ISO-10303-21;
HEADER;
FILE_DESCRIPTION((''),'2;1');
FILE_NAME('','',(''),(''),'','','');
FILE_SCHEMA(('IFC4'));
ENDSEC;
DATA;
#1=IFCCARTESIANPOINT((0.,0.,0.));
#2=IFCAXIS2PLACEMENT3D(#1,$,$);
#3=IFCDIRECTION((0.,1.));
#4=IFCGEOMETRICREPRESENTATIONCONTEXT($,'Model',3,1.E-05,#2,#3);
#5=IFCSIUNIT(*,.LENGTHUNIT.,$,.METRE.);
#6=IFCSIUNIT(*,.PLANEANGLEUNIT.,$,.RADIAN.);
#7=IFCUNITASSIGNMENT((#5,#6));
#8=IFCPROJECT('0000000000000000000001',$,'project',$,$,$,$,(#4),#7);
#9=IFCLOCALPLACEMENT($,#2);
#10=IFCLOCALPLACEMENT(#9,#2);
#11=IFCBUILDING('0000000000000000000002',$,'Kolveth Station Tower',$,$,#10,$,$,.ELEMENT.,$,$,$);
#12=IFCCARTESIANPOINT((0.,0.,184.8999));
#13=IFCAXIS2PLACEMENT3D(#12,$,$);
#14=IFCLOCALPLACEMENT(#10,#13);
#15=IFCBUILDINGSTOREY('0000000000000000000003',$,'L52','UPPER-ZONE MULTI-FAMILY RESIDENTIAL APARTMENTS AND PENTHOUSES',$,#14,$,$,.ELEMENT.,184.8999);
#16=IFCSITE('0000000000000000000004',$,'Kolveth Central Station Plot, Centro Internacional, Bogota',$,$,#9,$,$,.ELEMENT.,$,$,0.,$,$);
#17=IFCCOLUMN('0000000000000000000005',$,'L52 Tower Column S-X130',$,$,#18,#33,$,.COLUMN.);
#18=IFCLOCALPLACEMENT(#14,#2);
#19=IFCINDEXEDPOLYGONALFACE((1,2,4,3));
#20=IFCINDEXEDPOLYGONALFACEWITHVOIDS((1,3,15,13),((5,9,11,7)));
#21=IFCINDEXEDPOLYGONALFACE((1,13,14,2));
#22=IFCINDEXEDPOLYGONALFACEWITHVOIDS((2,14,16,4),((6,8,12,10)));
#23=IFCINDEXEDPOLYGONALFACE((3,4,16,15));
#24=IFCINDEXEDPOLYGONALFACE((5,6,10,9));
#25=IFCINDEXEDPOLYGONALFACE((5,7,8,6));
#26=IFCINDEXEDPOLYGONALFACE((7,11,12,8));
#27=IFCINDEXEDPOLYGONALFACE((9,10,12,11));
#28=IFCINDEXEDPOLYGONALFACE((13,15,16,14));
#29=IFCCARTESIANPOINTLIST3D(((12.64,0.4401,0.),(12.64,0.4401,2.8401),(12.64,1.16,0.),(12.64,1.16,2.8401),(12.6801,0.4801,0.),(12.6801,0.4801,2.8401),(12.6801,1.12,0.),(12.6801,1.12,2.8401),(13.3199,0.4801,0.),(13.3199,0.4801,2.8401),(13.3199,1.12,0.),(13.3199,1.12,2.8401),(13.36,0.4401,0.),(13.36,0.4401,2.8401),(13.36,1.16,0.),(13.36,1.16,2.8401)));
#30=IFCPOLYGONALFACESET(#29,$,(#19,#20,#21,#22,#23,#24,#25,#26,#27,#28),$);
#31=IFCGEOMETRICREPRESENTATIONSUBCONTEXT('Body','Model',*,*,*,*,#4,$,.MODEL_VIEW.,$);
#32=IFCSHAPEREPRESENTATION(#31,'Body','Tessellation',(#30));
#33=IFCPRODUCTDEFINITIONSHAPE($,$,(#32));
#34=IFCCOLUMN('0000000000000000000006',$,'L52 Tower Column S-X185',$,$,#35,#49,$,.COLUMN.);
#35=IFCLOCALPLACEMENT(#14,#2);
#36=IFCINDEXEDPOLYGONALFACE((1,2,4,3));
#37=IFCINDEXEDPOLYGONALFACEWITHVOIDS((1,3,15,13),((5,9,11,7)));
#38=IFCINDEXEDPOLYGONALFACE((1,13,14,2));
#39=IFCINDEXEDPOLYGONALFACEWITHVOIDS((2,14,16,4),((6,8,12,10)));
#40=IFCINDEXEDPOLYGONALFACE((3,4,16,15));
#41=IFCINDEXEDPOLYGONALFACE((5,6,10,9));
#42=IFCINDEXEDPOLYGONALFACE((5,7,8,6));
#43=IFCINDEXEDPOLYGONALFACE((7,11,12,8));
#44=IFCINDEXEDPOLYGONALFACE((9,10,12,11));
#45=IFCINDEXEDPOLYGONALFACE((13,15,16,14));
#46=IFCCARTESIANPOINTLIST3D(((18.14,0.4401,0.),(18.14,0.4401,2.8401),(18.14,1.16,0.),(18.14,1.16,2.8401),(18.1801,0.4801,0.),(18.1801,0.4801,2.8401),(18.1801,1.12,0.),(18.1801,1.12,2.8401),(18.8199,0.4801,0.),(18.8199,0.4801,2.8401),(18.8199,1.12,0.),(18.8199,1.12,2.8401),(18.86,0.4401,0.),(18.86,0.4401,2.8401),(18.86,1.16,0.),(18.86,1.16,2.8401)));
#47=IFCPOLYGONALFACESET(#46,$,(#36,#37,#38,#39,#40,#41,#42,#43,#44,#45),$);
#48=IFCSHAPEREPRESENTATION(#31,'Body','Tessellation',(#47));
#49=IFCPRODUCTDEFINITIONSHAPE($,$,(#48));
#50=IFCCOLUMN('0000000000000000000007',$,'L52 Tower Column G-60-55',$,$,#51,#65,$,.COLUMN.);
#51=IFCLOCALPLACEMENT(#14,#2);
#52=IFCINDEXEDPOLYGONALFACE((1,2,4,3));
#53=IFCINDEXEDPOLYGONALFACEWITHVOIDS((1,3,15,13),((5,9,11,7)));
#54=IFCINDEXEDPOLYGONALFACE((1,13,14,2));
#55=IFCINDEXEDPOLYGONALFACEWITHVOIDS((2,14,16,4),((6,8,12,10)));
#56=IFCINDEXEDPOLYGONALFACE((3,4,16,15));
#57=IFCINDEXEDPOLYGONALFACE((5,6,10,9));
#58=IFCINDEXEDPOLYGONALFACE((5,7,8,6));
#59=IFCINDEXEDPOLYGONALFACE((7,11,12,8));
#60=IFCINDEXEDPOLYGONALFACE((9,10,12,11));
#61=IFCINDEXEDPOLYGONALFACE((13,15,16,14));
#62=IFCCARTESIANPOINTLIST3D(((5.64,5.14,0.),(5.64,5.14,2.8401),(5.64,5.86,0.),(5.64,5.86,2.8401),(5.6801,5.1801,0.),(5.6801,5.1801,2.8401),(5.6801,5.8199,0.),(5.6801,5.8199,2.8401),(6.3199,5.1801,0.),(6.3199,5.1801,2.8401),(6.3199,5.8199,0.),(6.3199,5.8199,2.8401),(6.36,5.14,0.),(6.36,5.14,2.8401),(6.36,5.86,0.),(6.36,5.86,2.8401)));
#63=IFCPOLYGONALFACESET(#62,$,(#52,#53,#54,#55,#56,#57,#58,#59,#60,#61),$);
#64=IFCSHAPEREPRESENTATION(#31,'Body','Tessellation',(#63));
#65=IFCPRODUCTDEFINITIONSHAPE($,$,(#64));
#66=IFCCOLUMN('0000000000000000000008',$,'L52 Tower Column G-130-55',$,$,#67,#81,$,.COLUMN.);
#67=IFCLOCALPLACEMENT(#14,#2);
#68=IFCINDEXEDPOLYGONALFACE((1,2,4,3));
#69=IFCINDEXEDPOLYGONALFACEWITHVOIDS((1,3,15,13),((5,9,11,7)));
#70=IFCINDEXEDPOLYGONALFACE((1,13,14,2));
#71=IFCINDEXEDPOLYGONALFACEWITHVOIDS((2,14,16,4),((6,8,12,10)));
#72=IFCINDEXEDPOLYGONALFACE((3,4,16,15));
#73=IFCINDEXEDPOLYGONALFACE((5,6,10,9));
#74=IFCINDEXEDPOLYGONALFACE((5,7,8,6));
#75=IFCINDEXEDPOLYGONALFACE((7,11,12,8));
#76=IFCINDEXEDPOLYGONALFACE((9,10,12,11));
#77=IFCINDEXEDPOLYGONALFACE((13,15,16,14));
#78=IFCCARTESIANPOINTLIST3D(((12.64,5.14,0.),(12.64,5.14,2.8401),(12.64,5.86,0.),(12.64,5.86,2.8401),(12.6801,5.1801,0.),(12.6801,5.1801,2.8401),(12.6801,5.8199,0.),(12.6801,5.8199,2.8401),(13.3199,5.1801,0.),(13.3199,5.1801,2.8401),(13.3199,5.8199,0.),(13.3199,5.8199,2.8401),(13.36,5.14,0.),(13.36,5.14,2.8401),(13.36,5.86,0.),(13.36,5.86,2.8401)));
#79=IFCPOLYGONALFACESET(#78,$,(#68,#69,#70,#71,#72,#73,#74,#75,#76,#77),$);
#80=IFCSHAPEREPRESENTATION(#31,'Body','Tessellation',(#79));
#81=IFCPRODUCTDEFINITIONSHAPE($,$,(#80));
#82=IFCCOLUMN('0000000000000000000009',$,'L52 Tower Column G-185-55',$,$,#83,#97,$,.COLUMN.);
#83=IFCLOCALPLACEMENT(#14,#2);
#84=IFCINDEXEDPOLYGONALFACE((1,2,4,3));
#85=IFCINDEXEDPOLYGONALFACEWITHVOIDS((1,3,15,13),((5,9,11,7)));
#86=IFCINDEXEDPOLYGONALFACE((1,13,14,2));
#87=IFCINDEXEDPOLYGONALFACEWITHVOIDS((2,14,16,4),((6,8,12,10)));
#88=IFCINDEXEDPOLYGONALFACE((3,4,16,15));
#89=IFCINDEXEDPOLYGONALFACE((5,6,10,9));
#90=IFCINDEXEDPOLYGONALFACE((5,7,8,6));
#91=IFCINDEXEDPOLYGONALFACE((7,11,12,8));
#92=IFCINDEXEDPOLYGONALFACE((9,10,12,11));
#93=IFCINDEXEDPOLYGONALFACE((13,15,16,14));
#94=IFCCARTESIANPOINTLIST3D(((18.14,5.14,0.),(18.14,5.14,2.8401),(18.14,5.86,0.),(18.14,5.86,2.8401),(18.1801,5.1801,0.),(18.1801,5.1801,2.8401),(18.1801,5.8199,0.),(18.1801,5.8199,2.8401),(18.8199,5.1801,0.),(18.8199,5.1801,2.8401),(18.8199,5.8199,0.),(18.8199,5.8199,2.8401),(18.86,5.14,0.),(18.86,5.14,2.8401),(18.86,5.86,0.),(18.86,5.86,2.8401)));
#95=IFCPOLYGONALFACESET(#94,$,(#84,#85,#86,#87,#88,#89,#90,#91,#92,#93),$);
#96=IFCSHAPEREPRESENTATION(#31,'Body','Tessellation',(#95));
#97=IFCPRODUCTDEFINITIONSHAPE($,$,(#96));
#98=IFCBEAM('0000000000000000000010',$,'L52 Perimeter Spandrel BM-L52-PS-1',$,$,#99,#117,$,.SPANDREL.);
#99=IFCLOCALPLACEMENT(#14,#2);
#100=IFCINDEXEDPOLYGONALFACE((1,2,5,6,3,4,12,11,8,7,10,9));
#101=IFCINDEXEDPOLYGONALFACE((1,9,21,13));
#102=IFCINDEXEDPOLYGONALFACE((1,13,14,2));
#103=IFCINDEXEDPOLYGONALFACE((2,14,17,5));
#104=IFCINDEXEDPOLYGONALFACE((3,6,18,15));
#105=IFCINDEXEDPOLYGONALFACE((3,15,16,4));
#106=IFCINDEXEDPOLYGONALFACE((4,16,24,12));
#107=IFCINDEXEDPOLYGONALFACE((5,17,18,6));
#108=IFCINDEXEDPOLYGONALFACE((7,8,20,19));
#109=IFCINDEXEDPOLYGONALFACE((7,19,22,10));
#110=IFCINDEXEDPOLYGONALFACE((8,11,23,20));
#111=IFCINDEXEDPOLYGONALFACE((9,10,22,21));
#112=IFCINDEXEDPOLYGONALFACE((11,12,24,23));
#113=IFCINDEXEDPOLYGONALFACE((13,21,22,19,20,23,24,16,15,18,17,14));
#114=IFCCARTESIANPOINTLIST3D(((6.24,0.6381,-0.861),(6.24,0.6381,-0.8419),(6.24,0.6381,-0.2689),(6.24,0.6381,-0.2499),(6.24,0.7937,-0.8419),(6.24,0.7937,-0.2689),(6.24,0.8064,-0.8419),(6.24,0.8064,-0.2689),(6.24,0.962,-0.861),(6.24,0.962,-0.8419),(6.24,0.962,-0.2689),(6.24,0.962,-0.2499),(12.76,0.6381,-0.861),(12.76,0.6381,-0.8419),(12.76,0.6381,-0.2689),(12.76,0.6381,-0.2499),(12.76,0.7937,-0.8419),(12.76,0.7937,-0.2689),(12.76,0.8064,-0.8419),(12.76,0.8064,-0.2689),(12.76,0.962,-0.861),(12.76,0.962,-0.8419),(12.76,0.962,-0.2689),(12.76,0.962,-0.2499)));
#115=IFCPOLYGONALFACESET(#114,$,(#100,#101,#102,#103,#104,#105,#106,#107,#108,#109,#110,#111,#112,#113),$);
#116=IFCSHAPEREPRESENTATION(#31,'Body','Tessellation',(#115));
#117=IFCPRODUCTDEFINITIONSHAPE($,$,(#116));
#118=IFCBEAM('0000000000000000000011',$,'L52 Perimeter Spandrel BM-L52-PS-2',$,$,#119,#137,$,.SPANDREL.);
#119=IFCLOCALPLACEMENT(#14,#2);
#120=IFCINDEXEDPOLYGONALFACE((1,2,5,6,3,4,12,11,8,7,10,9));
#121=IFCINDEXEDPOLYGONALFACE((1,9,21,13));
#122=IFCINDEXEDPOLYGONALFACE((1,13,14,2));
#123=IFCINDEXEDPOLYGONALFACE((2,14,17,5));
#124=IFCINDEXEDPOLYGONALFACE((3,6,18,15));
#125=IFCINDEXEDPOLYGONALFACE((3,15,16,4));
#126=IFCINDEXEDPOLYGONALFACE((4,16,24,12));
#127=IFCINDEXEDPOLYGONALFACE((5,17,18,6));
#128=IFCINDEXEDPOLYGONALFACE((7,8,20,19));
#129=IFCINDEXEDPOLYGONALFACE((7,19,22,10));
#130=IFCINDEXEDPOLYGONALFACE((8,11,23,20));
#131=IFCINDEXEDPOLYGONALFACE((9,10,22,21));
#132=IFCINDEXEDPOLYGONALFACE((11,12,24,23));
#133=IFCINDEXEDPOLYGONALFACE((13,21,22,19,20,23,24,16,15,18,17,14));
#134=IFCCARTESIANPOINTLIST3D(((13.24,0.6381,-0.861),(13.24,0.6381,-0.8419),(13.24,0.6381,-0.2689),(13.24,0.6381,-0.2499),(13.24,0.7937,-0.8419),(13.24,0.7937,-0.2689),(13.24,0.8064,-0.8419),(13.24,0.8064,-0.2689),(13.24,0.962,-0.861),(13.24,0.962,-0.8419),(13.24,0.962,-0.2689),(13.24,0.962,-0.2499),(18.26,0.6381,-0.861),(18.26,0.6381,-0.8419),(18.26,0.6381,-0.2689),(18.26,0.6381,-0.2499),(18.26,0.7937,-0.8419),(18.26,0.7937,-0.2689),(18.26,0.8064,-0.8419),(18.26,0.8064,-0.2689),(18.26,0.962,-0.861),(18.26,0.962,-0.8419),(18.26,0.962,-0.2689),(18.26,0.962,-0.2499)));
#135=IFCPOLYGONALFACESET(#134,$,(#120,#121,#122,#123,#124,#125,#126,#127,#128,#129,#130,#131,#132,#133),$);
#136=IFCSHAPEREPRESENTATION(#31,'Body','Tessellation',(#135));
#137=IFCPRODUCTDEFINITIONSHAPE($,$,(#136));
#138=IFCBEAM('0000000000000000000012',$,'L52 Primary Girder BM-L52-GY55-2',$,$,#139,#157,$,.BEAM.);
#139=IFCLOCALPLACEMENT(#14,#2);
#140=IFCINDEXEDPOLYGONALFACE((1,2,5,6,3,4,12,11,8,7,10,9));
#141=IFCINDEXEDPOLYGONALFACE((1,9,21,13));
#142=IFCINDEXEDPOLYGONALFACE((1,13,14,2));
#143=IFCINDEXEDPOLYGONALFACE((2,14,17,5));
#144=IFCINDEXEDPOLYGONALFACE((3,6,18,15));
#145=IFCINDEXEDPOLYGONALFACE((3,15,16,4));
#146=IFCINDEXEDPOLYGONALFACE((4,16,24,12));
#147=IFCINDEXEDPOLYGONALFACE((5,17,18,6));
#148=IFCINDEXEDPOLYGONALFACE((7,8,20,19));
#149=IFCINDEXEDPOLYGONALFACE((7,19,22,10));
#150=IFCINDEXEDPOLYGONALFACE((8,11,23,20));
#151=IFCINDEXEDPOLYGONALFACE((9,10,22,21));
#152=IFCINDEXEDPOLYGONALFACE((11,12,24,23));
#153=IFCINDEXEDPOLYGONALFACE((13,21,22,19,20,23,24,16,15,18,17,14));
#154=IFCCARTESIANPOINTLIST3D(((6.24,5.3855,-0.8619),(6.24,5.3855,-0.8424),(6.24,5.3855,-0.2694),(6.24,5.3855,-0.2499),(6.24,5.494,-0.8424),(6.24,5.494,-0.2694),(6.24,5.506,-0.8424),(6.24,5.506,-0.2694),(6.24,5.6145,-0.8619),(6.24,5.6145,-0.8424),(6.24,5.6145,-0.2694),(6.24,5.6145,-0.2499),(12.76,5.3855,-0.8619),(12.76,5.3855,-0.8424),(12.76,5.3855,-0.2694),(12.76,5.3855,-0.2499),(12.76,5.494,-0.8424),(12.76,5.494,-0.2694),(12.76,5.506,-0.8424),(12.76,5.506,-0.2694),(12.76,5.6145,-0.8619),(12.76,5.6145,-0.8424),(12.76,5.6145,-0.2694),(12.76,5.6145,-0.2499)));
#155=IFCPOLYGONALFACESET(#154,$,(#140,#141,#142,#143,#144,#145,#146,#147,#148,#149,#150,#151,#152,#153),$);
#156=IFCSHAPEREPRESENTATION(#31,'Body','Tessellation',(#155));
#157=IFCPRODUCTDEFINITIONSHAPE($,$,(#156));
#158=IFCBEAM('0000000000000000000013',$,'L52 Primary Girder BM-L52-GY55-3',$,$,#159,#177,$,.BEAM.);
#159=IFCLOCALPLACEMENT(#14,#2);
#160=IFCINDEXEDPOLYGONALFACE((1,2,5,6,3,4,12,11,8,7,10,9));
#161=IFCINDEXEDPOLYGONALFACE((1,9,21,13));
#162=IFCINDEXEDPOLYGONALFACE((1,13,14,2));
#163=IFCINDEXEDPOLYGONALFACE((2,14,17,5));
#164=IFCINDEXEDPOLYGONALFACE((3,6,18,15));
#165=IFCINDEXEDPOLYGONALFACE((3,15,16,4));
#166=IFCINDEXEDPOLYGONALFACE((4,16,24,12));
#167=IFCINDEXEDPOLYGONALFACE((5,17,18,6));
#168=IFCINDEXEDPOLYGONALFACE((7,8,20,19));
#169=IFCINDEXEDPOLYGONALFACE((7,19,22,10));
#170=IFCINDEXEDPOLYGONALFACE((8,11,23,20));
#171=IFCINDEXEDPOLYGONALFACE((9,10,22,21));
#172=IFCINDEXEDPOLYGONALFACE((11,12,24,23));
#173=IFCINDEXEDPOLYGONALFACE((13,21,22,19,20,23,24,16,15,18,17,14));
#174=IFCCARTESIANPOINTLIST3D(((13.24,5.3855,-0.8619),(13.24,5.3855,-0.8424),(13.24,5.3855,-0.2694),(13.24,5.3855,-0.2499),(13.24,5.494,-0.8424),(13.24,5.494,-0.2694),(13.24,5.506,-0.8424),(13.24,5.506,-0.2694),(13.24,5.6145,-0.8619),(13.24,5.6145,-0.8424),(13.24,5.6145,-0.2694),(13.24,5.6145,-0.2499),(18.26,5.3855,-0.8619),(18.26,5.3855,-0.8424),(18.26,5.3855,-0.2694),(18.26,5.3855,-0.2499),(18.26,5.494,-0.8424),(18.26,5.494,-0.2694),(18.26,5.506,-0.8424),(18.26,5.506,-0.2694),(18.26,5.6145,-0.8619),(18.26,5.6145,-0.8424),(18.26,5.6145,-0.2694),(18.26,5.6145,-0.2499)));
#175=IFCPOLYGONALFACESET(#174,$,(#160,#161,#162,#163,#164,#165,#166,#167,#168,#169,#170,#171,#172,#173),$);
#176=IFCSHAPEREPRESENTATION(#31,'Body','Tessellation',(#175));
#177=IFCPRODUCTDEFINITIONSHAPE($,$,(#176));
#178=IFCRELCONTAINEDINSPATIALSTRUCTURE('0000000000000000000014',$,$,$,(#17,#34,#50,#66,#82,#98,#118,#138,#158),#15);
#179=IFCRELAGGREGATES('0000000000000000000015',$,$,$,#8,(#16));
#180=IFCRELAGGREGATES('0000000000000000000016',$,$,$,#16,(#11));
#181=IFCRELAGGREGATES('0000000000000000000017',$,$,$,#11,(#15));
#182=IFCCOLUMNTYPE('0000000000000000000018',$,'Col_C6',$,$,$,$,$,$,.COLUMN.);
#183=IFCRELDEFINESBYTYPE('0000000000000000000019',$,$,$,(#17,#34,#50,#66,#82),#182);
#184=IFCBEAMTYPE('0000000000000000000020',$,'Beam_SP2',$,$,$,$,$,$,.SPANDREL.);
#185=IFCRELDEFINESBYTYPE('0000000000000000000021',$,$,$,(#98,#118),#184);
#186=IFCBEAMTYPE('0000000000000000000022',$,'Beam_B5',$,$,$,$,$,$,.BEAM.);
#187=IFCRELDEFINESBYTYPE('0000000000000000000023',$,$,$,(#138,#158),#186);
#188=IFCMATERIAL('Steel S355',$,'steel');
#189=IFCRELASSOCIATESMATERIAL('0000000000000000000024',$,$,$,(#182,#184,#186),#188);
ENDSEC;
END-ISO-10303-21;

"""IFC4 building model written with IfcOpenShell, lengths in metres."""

from ifc_helpers import new_model, si_unit, direction, frame, origin, origin_2d, place, context, subcontext, project, spatial, hollow_rectangle, i_section, extrude, source, transform, mapped, material, material_profile, profile_set, type_object, element, save


model = new_model("IFC4")

# Units and contexts
model_context = context("Model", 3, precision=1e-05, world=origin(), true_north=direction((0.0, 1.0)))
body_context = subcontext(model_context, "Body", "Model", "MODEL_VIEW")
ifc_project = project(units=[si_unit("LENGTHUNIT", "METRE"), si_unit("PLANEANGLEUNIT", "RADIAN")], contexts=[model_context])

# Site, building, storey
site_placement = place(None, origin())
site = spatial("IfcSite", under=ifc_project, at=site_placement, Name="Kolveth Central Station Plot, Centro Internacional, Bogota", CompositionType="ELEMENT", RefElevation=0.0)
building_placement = place(site_placement, origin())
building = spatial("IfcBuilding", under=site, at=building_placement, Name="Kolveth Station Tower", CompositionType="ELEMENT")
storey_placement = place(building_placement, frame((0.0, 0.0, 184.8999)))
storey = spatial("IfcBuildingStorey", under=building, at=storey_placement, Name="L52", Description="UPPER-ZONE MULTI-FAMILY RESIDENTIAL APARTMENTS AND PENTHOUSES", CompositionType="ELEMENT", Elevation=184.8999)

# Columns
ifc_material_1 = material(Name="Steel S355", Category="steel")
ifc_material_profile_1 = material_profile(ifc_material_1, hollow_rectangle(XDim=0.72, YDim=0.72, WallThickness=0.04, at=origin_2d()), Name="BOX720x720x40")
ifc_profile_set_1 = profile_set([ifc_material_profile_1], Name="Steel S355")
column_type = type_object("IfcColumnType", Name="Col_C6", PredefinedType="COLUMN", material=ifc_profile_set_1)
shared_shape_1 = source(origin(), body_context, "Body", "SweptSolid", [
    extrude(hollow_rectangle(XDim=0.72, YDim=0.72, WallThickness=0.04, at=origin_2d()), origin(), (0.0, 0.0, 1.0), 2.8401),
])
for number, where, z_axis, x_axis, name in (
    (1, (13.0, 0.8, 0.0), (0.0, 0.0, 1.0), (1.0, 0.0, 0.0), "L52 Tower Column S-X130"),
    (2, (18.5, 0.8, 0.0), (0.0, 0.0, 1.0), (1.0, 0.0, 0.0), "L52 Tower Column S-X185"),
    (3, (6.0, 5.5, 0.0), (0.0, 0.0, 1.0), (1.0, 0.0, 0.0), "L52 Tower Column G-60-55"),
    (4, (13.0, 5.5, 0.0), (0.0, 0.0, 1.0), (1.0, 0.0, 0.0), "L52 Tower Column G-130-55"),
    (5, (18.5, 5.5, 0.0), (0.0, 0.0, 1.0), (1.0, 0.0, 0.0), "L52 Tower Column G-185-55"),
):
    element("IfcColumn", number, at=place(storey_placement, frame(where, z_axis=z_axis, x_axis=x_axis)), inside=storey, type_object=column_type, Name=name, PredefinedType="COLUMN", context=body_context, shape_type="MappedRepresentation", body=[
        mapped(shared_shape_1, transform((0.0, 0.0, 0.0), x_axis=(1.0, 0.0, 0.0), y_axis=(0.0, 1.0, 0.0), z_axis=(0.0, 0.0, 1.0), scale=1.0)),
    ])

# Beams
ifc_material_profile_2 = material_profile(ifc_material_1, i_section(OverallWidth=0.324, OverallDepth=0.6111, WebThickness=0.0127, FlangeThickness=0.019, at=origin_2d()), Name="W610x155")
ifc_profile_set_2 = profile_set([ifc_material_profile_2], Name="Steel S355")
beam_type_1 = type_object("IfcBeamType", Name="Beam_SP2", PredefinedType="SPANDREL", material=ifc_profile_set_2)
shared_shape_2 = source(origin(), body_context, "Body", "SweptSolid", [
    extrude(i_section(OverallWidth=0.324, OverallDepth=0.6111, WebThickness=0.0127, FlangeThickness=0.019, at=origin_2d()), origin(), (0.0, 0.0, 1.0), 6.52),
])
beam_1_placement = place(storey_placement, frame((6.24, 0.8, -0.5554), z_axis=(1.0, 0.0, 0.0), x_axis=(0.0, 1.0, 0.0)))
element("IfcBeam", 6, at=beam_1_placement, inside=storey, type_object=beam_type_1, Name="L52 Perimeter Spandrel BM-L52-PS-1", PredefinedType="SPANDREL", context=body_context, shape_type="MappedRepresentation", body=[
    mapped(shared_shape_2, transform((0.0, 0.0, 0.0), x_axis=(1.0, 0.0, 0.0), y_axis=(0.0, 1.0, 0.0), z_axis=(0.0, 0.0, 1.0), scale=1.0)),
])
shared_shape_3 = source(origin(), body_context, "Body", "SweptSolid", [
    extrude(i_section(OverallWidth=0.324, OverallDepth=0.6111, WebThickness=0.0127, FlangeThickness=0.019, at=origin_2d()), origin(), (0.0, 0.0, 1.0), 5.02),
])
beam_2_placement = place(storey_placement, frame((13.24, 0.8, -0.5554), z_axis=(1.0, 0.0, 0.0), x_axis=(0.0, 1.0, 0.0)))
element("IfcBeam", 7, at=beam_2_placement, inside=storey, type_object=beam_type_1, Name="L52 Perimeter Spandrel BM-L52-PS-2", PredefinedType="SPANDREL", context=body_context, shape_type="MappedRepresentation", body=[
    mapped(shared_shape_3, transform((0.0, 0.0, 0.0), x_axis=(1.0, 0.0, 0.0), y_axis=(0.0, 1.0, 0.0), z_axis=(0.0, 0.0, 1.0), scale=1.0)),
])
ifc_material_profile_3 = material_profile(ifc_material_1, i_section(OverallWidth=0.229, OverallDepth=0.6121, WebThickness=0.012, FlangeThickness=0.0195, at=origin_2d()), Name="W610x125")
ifc_profile_set_3 = profile_set([ifc_material_profile_3], Name="Steel S355")
beam_type_2 = type_object("IfcBeamType", Name="Beam_B5", PredefinedType="BEAM", material=ifc_profile_set_3)
shared_shape_4 = source(origin(), body_context, "Body", "SweptSolid", [
    extrude(i_section(OverallWidth=0.229, OverallDepth=0.6121, WebThickness=0.012, FlangeThickness=0.0195, at=origin_2d()), origin(), (0.0, 0.0, 1.0), 6.52),
])
beam_3_placement = place(storey_placement, frame((6.24, 5.5, -0.5559), z_axis=(1.0, 0.0, 0.0), x_axis=(0.0, 1.0, 0.0)))
element("IfcBeam", 8, at=beam_3_placement, inside=storey, type_object=beam_type_2, Name="L52 Primary Girder BM-L52-GY55-2", PredefinedType="BEAM", context=body_context, shape_type="MappedRepresentation", body=[
    mapped(shared_shape_4, transform((0.0, 0.0, 0.0), x_axis=(1.0, 0.0, 0.0), y_axis=(0.0, 1.0, 0.0), z_axis=(0.0, 0.0, 1.0), scale=1.0)),
])
shared_shape_5 = source(origin(), body_context, "Body", "SweptSolid", [
    extrude(i_section(OverallWidth=0.229, OverallDepth=0.6121, WebThickness=0.012, FlangeThickness=0.0195, at=origin_2d()), origin(), (0.0, 0.0, 1.0), 5.02),
])
beam_4_placement = place(storey_placement, frame((13.24, 5.5, -0.5559), z_axis=(1.0, 0.0, 0.0), x_axis=(0.0, 1.0, 0.0)))
element("IfcBeam", 9, at=beam_4_placement, inside=storey, type_object=beam_type_2, Name="L52 Primary Girder BM-L52-GY55-3", PredefinedType="BEAM", context=body_context, shape_type="MappedRepresentation", body=[
    mapped(shared_shape_5, transform((0.0, 0.0, 0.0), x_axis=(1.0, 0.0, 0.0), y_axis=(0.0, 1.0, 0.0), z_axis=(0.0, 0.0, 1.0), scale=1.0)),
])

save(model, "model.ifc")
